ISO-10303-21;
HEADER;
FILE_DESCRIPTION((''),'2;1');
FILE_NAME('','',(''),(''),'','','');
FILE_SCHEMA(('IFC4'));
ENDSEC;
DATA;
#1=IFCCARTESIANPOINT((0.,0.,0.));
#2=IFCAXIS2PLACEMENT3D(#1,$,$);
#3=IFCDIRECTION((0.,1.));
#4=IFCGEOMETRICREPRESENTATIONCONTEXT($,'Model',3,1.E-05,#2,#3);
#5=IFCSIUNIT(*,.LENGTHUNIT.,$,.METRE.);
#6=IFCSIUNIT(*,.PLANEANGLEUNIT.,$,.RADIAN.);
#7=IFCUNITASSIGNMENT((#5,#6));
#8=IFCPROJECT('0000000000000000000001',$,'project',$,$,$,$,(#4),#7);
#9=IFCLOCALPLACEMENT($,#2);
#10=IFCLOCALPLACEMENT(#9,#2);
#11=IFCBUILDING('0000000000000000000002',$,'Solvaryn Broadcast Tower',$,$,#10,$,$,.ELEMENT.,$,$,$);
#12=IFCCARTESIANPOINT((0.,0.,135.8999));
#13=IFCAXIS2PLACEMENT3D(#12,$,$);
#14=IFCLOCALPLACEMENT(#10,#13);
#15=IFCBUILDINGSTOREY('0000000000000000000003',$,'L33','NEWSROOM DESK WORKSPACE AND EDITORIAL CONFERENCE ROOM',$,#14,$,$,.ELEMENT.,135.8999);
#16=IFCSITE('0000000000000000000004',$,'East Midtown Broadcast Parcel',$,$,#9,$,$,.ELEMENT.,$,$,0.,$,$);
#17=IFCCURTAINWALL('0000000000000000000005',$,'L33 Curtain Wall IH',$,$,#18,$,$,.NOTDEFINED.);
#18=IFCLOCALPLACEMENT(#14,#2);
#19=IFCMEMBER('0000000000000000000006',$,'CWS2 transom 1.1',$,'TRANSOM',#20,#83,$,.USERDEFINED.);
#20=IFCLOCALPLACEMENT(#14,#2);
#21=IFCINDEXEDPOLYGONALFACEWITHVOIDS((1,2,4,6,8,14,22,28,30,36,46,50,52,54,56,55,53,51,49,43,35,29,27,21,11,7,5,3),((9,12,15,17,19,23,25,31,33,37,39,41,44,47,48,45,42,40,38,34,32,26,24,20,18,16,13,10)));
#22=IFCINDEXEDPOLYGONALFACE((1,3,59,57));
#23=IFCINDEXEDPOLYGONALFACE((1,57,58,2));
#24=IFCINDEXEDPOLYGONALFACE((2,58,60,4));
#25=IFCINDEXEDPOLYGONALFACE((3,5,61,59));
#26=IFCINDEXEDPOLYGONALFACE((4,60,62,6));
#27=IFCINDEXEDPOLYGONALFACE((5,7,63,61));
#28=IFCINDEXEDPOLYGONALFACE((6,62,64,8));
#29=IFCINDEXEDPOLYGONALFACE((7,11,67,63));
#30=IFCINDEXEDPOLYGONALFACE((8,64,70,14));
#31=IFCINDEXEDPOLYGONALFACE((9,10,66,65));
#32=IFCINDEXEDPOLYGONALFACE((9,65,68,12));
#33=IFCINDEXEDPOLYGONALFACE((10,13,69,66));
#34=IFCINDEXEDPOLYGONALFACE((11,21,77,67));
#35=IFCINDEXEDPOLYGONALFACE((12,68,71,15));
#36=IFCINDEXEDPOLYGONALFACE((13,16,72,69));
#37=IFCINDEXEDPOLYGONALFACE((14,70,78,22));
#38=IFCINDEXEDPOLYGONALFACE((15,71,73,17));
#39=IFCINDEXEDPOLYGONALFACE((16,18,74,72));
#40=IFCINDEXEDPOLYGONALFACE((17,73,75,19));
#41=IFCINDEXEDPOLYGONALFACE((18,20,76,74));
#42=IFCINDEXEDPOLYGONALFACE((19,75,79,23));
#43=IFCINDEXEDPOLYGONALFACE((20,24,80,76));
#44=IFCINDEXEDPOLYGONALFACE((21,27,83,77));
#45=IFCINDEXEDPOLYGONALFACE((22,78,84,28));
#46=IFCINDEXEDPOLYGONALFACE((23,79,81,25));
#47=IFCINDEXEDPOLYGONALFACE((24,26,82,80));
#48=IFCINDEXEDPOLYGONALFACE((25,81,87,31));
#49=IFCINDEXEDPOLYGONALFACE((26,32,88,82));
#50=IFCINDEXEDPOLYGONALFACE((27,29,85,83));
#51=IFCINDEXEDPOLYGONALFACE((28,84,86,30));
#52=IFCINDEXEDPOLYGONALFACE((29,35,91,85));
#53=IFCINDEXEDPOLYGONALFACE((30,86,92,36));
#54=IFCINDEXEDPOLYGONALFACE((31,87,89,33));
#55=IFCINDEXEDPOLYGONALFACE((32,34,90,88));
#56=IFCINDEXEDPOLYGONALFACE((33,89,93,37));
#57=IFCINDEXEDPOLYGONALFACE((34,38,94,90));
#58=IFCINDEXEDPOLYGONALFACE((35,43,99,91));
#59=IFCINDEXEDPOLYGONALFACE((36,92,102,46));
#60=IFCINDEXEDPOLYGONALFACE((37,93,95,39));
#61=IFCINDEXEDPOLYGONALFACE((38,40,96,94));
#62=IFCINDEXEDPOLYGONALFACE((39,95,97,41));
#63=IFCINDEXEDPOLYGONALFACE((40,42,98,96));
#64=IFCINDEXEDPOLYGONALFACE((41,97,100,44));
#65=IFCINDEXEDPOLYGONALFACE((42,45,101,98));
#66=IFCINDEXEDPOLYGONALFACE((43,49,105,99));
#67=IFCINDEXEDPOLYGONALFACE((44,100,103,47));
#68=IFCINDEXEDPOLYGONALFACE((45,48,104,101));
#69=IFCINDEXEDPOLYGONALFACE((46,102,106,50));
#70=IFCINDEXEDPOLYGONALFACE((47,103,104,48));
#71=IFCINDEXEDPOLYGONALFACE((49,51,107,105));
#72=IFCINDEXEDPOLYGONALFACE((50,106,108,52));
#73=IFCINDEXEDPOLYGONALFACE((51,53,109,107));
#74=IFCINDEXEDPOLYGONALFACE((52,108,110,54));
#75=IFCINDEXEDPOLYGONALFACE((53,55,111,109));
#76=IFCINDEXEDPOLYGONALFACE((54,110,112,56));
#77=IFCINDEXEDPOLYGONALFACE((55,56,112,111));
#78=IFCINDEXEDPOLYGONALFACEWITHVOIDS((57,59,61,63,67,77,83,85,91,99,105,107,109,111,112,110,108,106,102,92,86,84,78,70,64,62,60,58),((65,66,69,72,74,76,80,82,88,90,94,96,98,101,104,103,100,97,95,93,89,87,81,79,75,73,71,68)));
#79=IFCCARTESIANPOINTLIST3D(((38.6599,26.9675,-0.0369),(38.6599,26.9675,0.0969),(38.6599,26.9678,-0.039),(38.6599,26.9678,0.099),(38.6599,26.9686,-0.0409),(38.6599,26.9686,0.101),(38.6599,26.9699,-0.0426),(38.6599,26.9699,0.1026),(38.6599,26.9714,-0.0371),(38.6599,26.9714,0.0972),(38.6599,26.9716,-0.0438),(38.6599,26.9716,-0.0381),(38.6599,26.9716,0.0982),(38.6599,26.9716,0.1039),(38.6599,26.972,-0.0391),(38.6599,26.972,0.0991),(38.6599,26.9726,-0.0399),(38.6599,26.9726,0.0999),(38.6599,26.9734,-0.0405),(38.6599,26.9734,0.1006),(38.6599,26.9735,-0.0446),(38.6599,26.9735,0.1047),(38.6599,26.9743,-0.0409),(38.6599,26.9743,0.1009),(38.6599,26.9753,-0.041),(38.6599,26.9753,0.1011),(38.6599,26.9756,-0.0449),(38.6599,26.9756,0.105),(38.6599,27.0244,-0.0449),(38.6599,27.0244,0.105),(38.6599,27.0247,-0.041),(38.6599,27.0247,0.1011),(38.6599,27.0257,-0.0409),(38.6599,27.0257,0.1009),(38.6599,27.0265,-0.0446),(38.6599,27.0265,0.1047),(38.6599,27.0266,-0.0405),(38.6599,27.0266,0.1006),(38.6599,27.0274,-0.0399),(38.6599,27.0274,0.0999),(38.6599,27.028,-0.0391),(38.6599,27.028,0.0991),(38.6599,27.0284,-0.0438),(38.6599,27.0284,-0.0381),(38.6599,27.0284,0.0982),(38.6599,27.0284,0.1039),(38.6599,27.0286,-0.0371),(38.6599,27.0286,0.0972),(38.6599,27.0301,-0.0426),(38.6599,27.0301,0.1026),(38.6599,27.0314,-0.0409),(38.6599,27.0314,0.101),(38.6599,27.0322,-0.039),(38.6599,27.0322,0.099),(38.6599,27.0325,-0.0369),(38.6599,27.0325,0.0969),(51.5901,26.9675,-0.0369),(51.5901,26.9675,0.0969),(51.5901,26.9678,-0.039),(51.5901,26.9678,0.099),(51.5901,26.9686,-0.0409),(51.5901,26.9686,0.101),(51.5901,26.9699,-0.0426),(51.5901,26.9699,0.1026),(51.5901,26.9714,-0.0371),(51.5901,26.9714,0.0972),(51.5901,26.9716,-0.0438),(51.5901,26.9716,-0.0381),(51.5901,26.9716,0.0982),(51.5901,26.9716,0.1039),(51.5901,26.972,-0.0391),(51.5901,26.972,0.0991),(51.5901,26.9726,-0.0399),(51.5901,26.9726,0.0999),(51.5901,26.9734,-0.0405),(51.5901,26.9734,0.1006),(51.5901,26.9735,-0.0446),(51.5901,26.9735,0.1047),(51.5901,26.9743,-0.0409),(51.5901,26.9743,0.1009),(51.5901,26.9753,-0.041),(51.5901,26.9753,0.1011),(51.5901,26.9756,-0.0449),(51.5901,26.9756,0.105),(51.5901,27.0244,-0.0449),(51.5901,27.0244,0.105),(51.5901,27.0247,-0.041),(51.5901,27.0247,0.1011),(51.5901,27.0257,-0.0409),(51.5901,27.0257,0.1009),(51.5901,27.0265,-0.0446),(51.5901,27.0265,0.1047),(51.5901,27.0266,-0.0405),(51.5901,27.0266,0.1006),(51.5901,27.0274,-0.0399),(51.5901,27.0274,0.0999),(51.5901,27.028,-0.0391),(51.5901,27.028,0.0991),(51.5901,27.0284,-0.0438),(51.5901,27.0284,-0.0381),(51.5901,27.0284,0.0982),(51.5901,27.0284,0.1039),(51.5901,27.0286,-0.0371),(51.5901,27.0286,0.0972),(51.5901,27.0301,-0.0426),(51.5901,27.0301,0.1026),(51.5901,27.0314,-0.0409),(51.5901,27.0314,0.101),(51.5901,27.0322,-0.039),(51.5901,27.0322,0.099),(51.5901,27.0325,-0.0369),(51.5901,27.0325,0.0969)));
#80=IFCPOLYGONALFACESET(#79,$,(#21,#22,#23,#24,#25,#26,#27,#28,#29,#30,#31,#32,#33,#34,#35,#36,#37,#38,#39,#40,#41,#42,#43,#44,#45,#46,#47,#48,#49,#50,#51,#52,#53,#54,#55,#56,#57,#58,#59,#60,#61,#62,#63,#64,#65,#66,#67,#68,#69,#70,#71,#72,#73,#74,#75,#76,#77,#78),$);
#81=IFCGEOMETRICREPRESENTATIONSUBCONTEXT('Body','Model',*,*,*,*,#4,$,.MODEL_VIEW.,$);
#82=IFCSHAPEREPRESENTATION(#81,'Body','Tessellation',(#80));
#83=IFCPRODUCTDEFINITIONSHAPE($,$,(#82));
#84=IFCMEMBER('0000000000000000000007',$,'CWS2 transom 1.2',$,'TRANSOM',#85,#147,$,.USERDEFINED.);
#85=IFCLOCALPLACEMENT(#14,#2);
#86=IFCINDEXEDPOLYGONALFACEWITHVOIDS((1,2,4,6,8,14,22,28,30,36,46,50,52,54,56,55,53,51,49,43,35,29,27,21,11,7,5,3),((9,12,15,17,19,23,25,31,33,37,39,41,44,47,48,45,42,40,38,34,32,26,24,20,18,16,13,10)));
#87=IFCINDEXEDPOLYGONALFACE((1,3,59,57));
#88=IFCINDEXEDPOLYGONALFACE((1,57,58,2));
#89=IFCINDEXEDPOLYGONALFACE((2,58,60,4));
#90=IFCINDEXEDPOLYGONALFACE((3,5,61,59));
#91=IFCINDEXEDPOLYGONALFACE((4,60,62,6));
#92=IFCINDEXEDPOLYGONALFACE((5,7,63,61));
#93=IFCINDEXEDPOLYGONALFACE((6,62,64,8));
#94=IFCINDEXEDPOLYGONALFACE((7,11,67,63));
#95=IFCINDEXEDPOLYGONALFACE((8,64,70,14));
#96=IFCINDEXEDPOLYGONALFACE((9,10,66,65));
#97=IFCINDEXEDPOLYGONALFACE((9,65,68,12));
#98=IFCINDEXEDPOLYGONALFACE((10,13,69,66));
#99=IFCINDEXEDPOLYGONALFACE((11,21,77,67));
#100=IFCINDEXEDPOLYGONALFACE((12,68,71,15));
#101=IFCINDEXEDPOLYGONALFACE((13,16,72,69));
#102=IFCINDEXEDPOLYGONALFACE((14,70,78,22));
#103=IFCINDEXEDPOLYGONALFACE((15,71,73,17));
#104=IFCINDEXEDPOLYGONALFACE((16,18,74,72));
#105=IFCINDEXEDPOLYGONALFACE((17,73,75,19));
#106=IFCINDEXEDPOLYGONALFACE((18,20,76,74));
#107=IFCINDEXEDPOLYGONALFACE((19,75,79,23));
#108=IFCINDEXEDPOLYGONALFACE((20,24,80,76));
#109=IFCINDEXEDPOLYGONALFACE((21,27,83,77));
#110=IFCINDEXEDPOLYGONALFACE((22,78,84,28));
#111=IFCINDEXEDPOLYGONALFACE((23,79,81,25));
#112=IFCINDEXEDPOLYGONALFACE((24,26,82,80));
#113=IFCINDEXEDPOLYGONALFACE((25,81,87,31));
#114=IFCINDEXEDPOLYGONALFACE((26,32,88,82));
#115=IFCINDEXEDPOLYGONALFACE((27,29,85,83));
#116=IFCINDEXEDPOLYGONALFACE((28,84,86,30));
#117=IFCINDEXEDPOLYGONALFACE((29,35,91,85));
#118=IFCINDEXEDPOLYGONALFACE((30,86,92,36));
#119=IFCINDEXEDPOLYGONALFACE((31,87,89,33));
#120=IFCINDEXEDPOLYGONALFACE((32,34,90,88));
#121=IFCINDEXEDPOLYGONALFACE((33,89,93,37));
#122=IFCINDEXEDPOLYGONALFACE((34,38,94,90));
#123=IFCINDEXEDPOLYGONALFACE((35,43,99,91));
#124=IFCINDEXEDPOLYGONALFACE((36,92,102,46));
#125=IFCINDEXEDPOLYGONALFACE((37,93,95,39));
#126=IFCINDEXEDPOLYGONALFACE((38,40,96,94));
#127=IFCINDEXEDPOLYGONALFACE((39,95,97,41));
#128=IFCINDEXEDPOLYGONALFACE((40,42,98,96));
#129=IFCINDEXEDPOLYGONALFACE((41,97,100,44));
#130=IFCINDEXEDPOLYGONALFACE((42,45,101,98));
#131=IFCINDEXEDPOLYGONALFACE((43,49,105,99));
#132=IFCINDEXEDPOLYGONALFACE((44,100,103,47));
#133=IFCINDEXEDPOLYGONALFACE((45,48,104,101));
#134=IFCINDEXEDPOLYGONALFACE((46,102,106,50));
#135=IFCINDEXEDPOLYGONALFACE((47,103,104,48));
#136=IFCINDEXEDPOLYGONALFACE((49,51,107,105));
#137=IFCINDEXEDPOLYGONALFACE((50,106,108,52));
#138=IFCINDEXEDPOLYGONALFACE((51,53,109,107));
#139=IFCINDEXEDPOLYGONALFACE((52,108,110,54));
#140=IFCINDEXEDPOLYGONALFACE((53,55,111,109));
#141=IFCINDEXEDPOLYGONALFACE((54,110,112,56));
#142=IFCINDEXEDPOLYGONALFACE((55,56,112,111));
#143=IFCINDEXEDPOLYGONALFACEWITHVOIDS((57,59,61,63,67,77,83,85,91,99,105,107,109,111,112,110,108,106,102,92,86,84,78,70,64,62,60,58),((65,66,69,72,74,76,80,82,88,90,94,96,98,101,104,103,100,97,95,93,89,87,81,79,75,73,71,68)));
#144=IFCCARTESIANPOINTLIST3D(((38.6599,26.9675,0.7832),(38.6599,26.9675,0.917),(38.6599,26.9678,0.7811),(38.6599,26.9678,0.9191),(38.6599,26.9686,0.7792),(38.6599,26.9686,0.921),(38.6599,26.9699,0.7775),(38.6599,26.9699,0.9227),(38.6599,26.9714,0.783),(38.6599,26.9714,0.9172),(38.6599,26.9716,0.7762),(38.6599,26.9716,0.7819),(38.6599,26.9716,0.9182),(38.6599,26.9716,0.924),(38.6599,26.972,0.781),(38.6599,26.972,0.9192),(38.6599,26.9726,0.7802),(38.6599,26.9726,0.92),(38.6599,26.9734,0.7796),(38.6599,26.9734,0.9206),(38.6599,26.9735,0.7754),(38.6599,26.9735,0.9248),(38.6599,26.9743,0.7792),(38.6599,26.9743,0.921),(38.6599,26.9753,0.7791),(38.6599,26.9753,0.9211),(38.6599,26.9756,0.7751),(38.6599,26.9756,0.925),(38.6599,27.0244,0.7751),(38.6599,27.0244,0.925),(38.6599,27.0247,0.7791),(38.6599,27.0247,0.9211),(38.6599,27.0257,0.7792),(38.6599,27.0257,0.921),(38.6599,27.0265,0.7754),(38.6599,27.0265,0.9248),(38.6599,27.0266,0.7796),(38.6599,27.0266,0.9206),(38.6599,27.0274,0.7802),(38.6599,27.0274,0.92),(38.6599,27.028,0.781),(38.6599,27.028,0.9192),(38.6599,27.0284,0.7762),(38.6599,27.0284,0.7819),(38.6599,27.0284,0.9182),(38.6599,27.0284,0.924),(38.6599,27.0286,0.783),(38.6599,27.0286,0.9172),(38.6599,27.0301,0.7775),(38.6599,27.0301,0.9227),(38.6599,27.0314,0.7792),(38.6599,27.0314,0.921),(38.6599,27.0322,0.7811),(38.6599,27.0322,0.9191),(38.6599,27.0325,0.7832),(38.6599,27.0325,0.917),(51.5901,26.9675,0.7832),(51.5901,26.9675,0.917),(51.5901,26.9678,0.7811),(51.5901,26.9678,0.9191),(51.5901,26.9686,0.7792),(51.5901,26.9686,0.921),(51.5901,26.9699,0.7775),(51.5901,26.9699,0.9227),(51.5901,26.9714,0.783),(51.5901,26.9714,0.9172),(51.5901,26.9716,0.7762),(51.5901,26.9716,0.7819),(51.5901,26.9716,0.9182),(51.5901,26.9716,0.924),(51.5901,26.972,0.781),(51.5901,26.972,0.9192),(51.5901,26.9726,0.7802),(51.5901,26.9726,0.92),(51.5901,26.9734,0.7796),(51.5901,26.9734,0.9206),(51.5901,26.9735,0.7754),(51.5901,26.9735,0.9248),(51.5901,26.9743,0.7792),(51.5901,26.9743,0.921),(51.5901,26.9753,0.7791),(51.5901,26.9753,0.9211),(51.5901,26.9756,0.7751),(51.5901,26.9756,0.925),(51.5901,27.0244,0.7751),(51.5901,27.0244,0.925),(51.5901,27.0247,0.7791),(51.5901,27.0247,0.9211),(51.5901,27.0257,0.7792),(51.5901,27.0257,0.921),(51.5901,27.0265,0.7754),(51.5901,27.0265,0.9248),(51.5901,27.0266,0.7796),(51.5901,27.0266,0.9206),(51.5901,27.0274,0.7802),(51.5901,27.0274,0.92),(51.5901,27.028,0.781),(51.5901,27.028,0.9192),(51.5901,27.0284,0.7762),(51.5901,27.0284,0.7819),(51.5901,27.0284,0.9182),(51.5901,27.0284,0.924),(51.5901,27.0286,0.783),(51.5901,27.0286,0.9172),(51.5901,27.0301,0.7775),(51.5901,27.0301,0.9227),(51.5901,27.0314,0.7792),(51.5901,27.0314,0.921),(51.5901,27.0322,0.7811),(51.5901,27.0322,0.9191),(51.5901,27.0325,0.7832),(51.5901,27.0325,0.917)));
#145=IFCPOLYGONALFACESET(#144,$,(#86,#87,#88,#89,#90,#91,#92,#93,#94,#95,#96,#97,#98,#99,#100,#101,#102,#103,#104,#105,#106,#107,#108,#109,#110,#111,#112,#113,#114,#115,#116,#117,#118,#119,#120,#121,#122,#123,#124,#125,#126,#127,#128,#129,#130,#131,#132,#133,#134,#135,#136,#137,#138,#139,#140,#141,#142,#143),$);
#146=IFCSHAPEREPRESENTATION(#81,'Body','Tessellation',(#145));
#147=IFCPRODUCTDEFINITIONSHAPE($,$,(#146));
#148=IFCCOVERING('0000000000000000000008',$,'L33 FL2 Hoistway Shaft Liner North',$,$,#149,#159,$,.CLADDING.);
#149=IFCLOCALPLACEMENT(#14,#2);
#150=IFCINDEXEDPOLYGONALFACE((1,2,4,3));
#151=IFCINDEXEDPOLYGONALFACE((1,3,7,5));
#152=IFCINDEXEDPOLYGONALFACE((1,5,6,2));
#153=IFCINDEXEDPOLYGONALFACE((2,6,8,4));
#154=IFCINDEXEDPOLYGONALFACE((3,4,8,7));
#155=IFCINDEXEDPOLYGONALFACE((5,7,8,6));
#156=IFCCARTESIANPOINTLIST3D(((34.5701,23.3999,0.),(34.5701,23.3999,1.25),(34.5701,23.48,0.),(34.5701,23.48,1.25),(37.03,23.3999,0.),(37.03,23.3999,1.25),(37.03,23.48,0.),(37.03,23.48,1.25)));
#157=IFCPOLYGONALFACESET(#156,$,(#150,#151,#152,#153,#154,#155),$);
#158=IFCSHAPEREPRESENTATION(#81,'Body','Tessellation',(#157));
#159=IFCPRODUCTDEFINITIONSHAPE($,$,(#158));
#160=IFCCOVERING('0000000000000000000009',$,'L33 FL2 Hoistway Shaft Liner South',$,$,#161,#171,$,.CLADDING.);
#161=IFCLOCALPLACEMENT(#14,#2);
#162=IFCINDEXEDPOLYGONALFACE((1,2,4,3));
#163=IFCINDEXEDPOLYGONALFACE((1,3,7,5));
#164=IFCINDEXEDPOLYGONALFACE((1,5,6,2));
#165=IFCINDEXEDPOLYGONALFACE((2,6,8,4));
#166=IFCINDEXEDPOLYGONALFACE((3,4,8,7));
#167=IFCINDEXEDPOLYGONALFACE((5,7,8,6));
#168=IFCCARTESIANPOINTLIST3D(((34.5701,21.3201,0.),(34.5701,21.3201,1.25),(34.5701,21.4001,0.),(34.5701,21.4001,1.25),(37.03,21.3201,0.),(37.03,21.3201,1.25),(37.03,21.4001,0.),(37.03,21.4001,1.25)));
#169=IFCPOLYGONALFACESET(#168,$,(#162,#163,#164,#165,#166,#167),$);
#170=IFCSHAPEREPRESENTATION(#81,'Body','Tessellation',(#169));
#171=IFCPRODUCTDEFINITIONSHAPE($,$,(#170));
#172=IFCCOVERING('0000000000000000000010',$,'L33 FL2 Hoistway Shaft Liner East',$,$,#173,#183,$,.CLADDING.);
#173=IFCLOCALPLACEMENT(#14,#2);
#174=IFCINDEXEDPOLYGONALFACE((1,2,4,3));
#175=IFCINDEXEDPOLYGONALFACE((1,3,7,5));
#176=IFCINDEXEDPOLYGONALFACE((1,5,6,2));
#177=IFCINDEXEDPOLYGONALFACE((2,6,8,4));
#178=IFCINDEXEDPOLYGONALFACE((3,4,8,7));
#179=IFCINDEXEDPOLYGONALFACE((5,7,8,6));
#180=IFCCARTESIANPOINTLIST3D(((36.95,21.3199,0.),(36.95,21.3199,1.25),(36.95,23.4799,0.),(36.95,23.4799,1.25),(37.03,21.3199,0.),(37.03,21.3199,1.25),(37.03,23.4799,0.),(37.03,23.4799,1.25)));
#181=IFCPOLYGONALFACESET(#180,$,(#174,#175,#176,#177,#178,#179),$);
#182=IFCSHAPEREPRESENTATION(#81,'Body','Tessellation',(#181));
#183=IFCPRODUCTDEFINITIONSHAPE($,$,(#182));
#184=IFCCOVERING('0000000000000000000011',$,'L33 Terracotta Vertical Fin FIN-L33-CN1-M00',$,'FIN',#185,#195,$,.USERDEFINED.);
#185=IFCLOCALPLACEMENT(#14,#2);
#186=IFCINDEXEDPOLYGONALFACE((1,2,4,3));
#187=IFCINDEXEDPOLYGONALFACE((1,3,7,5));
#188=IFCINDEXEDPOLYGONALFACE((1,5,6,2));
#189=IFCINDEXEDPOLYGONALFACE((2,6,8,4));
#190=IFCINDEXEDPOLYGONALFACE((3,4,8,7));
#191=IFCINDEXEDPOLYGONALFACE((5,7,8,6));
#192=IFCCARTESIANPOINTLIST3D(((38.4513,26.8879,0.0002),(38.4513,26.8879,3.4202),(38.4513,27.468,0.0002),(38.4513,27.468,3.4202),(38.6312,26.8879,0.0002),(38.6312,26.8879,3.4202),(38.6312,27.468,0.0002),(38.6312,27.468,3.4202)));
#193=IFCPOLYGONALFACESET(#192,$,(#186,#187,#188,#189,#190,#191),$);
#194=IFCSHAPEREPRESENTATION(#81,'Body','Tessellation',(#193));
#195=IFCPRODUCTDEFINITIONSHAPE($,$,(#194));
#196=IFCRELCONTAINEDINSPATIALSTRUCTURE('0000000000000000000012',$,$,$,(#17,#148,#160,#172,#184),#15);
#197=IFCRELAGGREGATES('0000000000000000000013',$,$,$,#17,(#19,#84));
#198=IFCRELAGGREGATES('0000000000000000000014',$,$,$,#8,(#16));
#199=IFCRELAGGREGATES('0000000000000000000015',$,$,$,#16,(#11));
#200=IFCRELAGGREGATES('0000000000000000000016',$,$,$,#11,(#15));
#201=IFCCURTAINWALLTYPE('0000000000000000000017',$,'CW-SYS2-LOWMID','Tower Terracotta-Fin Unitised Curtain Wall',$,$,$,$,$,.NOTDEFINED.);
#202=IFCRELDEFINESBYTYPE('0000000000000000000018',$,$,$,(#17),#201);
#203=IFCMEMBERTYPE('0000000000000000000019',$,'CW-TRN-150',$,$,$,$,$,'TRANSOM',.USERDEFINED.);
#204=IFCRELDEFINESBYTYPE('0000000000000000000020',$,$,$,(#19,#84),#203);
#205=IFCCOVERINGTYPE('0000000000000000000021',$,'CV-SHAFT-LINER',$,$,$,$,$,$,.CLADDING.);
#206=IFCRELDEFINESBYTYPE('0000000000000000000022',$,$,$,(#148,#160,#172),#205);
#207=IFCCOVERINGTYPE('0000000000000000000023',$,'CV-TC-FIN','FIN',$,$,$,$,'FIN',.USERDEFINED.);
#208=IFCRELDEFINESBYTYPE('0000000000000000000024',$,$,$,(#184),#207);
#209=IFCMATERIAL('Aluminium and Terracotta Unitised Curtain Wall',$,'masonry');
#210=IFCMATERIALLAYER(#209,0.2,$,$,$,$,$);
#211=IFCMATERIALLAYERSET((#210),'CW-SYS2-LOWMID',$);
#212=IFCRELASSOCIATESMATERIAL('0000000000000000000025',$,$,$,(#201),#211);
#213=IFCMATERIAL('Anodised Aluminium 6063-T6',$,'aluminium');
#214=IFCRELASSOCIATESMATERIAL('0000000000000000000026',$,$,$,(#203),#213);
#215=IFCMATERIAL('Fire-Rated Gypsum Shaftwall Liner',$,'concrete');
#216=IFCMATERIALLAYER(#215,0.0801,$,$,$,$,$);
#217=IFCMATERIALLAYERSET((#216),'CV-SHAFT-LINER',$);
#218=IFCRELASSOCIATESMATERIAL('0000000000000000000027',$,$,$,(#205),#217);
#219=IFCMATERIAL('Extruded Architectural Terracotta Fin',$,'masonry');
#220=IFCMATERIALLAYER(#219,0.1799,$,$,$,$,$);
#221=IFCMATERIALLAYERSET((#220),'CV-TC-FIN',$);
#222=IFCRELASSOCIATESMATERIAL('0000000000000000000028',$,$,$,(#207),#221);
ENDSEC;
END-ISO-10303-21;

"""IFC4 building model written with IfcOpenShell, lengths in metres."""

from ifc_helpers import new_model, si_unit, direction, frame, origin, origin_2d, place, context, subcontext, project, spatial, rectangle, hollow_rectangle, extrude, material, layer, layer_set, material_profile, profile_set, type_object, element, aggregate, save


model = new_model("IFC4")

# Units and contexts
model_context = context("Model", 3, precision=1e-05, world=origin(), true_north=direction((0.0, 1.0)))
body_context = subcontext(model_context, "Body", "Model", "MODEL_VIEW")
ifc_project = project(units=[si_unit("LENGTHUNIT", "METRE"), si_unit("PLANEANGLEUNIT", "RADIAN")], contexts=[model_context])

# Site, building, storey
site_placement = place(None, origin())
site = spatial("IfcSite", under=ifc_project, at=site_placement, Name="East Midtown Broadcast Parcel", CompositionType="ELEMENT", RefElevation=0.0)
building_placement = place(site_placement, origin())
building = spatial("IfcBuilding", under=site, at=building_placement, Name="Solvaryn Broadcast Tower", CompositionType="ELEMENT")
storey_placement = place(building_placement, frame((0.0, 0.0, 135.8999)))
storey = spatial("IfcBuildingStorey", under=building, at=storey_placement, Name="L33", Description="NEWSROOM DESK WORKSPACE AND EDITORIAL CONFERENCE ROOM", CompositionType="ELEMENT", Elevation=135.8999)

# Curtain wall
ifc_material_1 = material(Name="Aluminium and Terracotta Unitised Curtain Wall", Category="masonry")
ifc_layer_1 = layer(ifc_material_1, 0.2)
ifc_layer_set_1 = layer_set([ifc_layer_1], Name="CW-SYS2-LOWMID")
curtain_wall_type = type_object("IfcCurtainWallType", Name="CW-SYS2-LOWMID", Description="Tower Terracotta-Fin Unitised Curtain Wall", PredefinedType="NOTDEFINED", material=ifc_layer_set_1)
curtain_wall_1_placement = place(storey_placement, origin())
curtain_wall_1 = element("IfcCurtainWall", 1, at=curtain_wall_1_placement, inside=storey, type_object=curtain_wall_type, Name="L33 Curtain Wall IH", PredefinedType="NOTDEFINED")

# Members
ifc_material_2 = material(Name="Anodised Aluminium 6063-T6", Category="aluminium")
ifc_material_profile_1 = material_profile(ifc_material_2, hollow_rectangle(XDim=0.0649, YDim=0.1499, WallThickness=0.0039, InnerFilletRadius=0.0039, OuterFilletRadius=0.0081, at=origin_2d()))
ifc_profile_set_1 = profile_set([ifc_material_profile_1], Name="Anodised Aluminium 6063-T6")
member_type_1 = type_object("IfcMemberType", Name="CW-TRN-150", ElementType="TRANSOM", PredefinedType="USERDEFINED", material=ifc_profile_set_1)
member_1_placement = place(storey_placement, frame((38.6599, 27.0, 0.03), z_axis=(1.0, 0.0, 0.0), x_axis=(0.0, 1.0, 0.0)))
member_1 = element("IfcMember", 2, at=member_1_placement, type_object=member_type_1, Name="CWS2 transom 1.1", ObjectType="TRANSOM", PredefinedType="USERDEFINED", context=body_context, shape_type="SweptSolid", body=[
    extrude(hollow_rectangle(XDim=0.0649, YDim=0.1499, WallThickness=0.0039, InnerFilletRadius=0.0039, OuterFilletRadius=0.0081, at=origin_2d()), origin(), (0.0, 0.0, 1.0), 12.9302),
])
member_2_placement = place(storey_placement, frame((38.6599, 27.0, 0.8501), z_axis=(1.0, 0.0, 0.0), x_axis=(0.0, 1.0, 0.0)))
member_2 = element("IfcMember", 3, at=member_2_placement, type_object=member_type_1, Name="CWS2 transom 1.2", ObjectType="TRANSOM", PredefinedType="USERDEFINED", context=body_context, shape_type="SweptSolid", body=[
    extrude(hollow_rectangle(XDim=0.0649, YDim=0.1499, WallThickness=0.0039, InnerFilletRadius=0.0039, OuterFilletRadius=0.0081, at=origin_2d()), origin(), (0.0, 0.0, 1.0), 12.9302),
])
aggregate(curtain_wall_1, [member_1, member_2])

# Coverings
ifc_material_3 = material(Name="Fire-Rated Gypsum Shaftwall Liner", Category="concrete")
ifc_layer_2 = layer(ifc_material_3, 0.0801)
ifc_layer_set_2 = layer_set([ifc_layer_2], Name="CV-SHAFT-LINER")
covering_type_1 = type_object("IfcCoveringType", Name="CV-SHAFT-LINER", PredefinedType="CLADDING", material=ifc_layer_set_2)
for number, where, z_axis, x_axis, name in (
    (4, (35.8, 23.4399, 0.0), (0.0, 0.0, 1.0), (1.0, 0.0, 0.0), "L33 FL2 Hoistway Shaft Liner North"),
    (5, (35.8, 21.3601, 0.0), (0.0, 0.0, 1.0), (1.0, 0.0, 0.0), "L33 FL2 Hoistway Shaft Liner South"),
):
    element("IfcCovering", number, at=place(storey_placement, frame(where, z_axis=z_axis, x_axis=x_axis)), inside=storey, type_object=covering_type_1, Name=name, PredefinedType="CLADDING", context=body_context, shape_type="SweptSolid", body=[
        extrude(rectangle(XDim=2.46, YDim=0.0801, at=origin_2d()), origin(), (0.0, 0.0, 1.0), 1.25),
    ])
covering_placement = place(storey_placement, frame((36.99, 22.3999, 0.0), z_axis=(0.0, 0.0, 1.0), x_axis=(1.0, 0.0, 0.0)))
element("IfcCovering", 6, at=covering_placement, inside=storey, type_object=covering_type_1, Name="L33 FL2 Hoistway Shaft Liner East", PredefinedType="CLADDING", context=body_context, shape_type="SweptSolid", body=[
    extrude(rectangle(XDim=0.0801, YDim=2.1599, at=origin_2d()), origin(), (0.0, 0.0, 1.0), 1.25),
])
ifc_material_4 = material(Name="Extruded Architectural Terracotta Fin", Category="masonry")
ifc_layer_3 = layer(ifc_material_4, 0.1799)
ifc_layer_set_3 = layer_set([ifc_layer_3], Name="CV-TC-FIN")
covering_type_2 = type_object("IfcCoveringType", Name="CV-TC-FIN", Description="FIN", ElementType="FIN", PredefinedType="USERDEFINED", material=ifc_layer_set_3)
for number, where, z_axis, x_axis, name in (
    (7, (38.5413, 27.178, 0.0002), (0.0, 0.0, 1.0), (1.0, 0.0, 0.0), "L33 Terracotta Vertical Fin FIN-L33-CN1-M00"),
):
    element("IfcCovering", number, at=place(storey_placement, frame(where, z_axis=z_axis, x_axis=x_axis)), inside=storey, type_object=covering_type_2, Name=name, ObjectType="FIN", PredefinedType="USERDEFINED", context=body_context, shape_type="SweptSolid", body=[
        extrude(rectangle(XDim=0.1799, YDim=0.5801, at=origin_2d()), origin(), (0.0, 0.0, 1.0), 3.4199),
    ])

save(model, "model.ifc")
